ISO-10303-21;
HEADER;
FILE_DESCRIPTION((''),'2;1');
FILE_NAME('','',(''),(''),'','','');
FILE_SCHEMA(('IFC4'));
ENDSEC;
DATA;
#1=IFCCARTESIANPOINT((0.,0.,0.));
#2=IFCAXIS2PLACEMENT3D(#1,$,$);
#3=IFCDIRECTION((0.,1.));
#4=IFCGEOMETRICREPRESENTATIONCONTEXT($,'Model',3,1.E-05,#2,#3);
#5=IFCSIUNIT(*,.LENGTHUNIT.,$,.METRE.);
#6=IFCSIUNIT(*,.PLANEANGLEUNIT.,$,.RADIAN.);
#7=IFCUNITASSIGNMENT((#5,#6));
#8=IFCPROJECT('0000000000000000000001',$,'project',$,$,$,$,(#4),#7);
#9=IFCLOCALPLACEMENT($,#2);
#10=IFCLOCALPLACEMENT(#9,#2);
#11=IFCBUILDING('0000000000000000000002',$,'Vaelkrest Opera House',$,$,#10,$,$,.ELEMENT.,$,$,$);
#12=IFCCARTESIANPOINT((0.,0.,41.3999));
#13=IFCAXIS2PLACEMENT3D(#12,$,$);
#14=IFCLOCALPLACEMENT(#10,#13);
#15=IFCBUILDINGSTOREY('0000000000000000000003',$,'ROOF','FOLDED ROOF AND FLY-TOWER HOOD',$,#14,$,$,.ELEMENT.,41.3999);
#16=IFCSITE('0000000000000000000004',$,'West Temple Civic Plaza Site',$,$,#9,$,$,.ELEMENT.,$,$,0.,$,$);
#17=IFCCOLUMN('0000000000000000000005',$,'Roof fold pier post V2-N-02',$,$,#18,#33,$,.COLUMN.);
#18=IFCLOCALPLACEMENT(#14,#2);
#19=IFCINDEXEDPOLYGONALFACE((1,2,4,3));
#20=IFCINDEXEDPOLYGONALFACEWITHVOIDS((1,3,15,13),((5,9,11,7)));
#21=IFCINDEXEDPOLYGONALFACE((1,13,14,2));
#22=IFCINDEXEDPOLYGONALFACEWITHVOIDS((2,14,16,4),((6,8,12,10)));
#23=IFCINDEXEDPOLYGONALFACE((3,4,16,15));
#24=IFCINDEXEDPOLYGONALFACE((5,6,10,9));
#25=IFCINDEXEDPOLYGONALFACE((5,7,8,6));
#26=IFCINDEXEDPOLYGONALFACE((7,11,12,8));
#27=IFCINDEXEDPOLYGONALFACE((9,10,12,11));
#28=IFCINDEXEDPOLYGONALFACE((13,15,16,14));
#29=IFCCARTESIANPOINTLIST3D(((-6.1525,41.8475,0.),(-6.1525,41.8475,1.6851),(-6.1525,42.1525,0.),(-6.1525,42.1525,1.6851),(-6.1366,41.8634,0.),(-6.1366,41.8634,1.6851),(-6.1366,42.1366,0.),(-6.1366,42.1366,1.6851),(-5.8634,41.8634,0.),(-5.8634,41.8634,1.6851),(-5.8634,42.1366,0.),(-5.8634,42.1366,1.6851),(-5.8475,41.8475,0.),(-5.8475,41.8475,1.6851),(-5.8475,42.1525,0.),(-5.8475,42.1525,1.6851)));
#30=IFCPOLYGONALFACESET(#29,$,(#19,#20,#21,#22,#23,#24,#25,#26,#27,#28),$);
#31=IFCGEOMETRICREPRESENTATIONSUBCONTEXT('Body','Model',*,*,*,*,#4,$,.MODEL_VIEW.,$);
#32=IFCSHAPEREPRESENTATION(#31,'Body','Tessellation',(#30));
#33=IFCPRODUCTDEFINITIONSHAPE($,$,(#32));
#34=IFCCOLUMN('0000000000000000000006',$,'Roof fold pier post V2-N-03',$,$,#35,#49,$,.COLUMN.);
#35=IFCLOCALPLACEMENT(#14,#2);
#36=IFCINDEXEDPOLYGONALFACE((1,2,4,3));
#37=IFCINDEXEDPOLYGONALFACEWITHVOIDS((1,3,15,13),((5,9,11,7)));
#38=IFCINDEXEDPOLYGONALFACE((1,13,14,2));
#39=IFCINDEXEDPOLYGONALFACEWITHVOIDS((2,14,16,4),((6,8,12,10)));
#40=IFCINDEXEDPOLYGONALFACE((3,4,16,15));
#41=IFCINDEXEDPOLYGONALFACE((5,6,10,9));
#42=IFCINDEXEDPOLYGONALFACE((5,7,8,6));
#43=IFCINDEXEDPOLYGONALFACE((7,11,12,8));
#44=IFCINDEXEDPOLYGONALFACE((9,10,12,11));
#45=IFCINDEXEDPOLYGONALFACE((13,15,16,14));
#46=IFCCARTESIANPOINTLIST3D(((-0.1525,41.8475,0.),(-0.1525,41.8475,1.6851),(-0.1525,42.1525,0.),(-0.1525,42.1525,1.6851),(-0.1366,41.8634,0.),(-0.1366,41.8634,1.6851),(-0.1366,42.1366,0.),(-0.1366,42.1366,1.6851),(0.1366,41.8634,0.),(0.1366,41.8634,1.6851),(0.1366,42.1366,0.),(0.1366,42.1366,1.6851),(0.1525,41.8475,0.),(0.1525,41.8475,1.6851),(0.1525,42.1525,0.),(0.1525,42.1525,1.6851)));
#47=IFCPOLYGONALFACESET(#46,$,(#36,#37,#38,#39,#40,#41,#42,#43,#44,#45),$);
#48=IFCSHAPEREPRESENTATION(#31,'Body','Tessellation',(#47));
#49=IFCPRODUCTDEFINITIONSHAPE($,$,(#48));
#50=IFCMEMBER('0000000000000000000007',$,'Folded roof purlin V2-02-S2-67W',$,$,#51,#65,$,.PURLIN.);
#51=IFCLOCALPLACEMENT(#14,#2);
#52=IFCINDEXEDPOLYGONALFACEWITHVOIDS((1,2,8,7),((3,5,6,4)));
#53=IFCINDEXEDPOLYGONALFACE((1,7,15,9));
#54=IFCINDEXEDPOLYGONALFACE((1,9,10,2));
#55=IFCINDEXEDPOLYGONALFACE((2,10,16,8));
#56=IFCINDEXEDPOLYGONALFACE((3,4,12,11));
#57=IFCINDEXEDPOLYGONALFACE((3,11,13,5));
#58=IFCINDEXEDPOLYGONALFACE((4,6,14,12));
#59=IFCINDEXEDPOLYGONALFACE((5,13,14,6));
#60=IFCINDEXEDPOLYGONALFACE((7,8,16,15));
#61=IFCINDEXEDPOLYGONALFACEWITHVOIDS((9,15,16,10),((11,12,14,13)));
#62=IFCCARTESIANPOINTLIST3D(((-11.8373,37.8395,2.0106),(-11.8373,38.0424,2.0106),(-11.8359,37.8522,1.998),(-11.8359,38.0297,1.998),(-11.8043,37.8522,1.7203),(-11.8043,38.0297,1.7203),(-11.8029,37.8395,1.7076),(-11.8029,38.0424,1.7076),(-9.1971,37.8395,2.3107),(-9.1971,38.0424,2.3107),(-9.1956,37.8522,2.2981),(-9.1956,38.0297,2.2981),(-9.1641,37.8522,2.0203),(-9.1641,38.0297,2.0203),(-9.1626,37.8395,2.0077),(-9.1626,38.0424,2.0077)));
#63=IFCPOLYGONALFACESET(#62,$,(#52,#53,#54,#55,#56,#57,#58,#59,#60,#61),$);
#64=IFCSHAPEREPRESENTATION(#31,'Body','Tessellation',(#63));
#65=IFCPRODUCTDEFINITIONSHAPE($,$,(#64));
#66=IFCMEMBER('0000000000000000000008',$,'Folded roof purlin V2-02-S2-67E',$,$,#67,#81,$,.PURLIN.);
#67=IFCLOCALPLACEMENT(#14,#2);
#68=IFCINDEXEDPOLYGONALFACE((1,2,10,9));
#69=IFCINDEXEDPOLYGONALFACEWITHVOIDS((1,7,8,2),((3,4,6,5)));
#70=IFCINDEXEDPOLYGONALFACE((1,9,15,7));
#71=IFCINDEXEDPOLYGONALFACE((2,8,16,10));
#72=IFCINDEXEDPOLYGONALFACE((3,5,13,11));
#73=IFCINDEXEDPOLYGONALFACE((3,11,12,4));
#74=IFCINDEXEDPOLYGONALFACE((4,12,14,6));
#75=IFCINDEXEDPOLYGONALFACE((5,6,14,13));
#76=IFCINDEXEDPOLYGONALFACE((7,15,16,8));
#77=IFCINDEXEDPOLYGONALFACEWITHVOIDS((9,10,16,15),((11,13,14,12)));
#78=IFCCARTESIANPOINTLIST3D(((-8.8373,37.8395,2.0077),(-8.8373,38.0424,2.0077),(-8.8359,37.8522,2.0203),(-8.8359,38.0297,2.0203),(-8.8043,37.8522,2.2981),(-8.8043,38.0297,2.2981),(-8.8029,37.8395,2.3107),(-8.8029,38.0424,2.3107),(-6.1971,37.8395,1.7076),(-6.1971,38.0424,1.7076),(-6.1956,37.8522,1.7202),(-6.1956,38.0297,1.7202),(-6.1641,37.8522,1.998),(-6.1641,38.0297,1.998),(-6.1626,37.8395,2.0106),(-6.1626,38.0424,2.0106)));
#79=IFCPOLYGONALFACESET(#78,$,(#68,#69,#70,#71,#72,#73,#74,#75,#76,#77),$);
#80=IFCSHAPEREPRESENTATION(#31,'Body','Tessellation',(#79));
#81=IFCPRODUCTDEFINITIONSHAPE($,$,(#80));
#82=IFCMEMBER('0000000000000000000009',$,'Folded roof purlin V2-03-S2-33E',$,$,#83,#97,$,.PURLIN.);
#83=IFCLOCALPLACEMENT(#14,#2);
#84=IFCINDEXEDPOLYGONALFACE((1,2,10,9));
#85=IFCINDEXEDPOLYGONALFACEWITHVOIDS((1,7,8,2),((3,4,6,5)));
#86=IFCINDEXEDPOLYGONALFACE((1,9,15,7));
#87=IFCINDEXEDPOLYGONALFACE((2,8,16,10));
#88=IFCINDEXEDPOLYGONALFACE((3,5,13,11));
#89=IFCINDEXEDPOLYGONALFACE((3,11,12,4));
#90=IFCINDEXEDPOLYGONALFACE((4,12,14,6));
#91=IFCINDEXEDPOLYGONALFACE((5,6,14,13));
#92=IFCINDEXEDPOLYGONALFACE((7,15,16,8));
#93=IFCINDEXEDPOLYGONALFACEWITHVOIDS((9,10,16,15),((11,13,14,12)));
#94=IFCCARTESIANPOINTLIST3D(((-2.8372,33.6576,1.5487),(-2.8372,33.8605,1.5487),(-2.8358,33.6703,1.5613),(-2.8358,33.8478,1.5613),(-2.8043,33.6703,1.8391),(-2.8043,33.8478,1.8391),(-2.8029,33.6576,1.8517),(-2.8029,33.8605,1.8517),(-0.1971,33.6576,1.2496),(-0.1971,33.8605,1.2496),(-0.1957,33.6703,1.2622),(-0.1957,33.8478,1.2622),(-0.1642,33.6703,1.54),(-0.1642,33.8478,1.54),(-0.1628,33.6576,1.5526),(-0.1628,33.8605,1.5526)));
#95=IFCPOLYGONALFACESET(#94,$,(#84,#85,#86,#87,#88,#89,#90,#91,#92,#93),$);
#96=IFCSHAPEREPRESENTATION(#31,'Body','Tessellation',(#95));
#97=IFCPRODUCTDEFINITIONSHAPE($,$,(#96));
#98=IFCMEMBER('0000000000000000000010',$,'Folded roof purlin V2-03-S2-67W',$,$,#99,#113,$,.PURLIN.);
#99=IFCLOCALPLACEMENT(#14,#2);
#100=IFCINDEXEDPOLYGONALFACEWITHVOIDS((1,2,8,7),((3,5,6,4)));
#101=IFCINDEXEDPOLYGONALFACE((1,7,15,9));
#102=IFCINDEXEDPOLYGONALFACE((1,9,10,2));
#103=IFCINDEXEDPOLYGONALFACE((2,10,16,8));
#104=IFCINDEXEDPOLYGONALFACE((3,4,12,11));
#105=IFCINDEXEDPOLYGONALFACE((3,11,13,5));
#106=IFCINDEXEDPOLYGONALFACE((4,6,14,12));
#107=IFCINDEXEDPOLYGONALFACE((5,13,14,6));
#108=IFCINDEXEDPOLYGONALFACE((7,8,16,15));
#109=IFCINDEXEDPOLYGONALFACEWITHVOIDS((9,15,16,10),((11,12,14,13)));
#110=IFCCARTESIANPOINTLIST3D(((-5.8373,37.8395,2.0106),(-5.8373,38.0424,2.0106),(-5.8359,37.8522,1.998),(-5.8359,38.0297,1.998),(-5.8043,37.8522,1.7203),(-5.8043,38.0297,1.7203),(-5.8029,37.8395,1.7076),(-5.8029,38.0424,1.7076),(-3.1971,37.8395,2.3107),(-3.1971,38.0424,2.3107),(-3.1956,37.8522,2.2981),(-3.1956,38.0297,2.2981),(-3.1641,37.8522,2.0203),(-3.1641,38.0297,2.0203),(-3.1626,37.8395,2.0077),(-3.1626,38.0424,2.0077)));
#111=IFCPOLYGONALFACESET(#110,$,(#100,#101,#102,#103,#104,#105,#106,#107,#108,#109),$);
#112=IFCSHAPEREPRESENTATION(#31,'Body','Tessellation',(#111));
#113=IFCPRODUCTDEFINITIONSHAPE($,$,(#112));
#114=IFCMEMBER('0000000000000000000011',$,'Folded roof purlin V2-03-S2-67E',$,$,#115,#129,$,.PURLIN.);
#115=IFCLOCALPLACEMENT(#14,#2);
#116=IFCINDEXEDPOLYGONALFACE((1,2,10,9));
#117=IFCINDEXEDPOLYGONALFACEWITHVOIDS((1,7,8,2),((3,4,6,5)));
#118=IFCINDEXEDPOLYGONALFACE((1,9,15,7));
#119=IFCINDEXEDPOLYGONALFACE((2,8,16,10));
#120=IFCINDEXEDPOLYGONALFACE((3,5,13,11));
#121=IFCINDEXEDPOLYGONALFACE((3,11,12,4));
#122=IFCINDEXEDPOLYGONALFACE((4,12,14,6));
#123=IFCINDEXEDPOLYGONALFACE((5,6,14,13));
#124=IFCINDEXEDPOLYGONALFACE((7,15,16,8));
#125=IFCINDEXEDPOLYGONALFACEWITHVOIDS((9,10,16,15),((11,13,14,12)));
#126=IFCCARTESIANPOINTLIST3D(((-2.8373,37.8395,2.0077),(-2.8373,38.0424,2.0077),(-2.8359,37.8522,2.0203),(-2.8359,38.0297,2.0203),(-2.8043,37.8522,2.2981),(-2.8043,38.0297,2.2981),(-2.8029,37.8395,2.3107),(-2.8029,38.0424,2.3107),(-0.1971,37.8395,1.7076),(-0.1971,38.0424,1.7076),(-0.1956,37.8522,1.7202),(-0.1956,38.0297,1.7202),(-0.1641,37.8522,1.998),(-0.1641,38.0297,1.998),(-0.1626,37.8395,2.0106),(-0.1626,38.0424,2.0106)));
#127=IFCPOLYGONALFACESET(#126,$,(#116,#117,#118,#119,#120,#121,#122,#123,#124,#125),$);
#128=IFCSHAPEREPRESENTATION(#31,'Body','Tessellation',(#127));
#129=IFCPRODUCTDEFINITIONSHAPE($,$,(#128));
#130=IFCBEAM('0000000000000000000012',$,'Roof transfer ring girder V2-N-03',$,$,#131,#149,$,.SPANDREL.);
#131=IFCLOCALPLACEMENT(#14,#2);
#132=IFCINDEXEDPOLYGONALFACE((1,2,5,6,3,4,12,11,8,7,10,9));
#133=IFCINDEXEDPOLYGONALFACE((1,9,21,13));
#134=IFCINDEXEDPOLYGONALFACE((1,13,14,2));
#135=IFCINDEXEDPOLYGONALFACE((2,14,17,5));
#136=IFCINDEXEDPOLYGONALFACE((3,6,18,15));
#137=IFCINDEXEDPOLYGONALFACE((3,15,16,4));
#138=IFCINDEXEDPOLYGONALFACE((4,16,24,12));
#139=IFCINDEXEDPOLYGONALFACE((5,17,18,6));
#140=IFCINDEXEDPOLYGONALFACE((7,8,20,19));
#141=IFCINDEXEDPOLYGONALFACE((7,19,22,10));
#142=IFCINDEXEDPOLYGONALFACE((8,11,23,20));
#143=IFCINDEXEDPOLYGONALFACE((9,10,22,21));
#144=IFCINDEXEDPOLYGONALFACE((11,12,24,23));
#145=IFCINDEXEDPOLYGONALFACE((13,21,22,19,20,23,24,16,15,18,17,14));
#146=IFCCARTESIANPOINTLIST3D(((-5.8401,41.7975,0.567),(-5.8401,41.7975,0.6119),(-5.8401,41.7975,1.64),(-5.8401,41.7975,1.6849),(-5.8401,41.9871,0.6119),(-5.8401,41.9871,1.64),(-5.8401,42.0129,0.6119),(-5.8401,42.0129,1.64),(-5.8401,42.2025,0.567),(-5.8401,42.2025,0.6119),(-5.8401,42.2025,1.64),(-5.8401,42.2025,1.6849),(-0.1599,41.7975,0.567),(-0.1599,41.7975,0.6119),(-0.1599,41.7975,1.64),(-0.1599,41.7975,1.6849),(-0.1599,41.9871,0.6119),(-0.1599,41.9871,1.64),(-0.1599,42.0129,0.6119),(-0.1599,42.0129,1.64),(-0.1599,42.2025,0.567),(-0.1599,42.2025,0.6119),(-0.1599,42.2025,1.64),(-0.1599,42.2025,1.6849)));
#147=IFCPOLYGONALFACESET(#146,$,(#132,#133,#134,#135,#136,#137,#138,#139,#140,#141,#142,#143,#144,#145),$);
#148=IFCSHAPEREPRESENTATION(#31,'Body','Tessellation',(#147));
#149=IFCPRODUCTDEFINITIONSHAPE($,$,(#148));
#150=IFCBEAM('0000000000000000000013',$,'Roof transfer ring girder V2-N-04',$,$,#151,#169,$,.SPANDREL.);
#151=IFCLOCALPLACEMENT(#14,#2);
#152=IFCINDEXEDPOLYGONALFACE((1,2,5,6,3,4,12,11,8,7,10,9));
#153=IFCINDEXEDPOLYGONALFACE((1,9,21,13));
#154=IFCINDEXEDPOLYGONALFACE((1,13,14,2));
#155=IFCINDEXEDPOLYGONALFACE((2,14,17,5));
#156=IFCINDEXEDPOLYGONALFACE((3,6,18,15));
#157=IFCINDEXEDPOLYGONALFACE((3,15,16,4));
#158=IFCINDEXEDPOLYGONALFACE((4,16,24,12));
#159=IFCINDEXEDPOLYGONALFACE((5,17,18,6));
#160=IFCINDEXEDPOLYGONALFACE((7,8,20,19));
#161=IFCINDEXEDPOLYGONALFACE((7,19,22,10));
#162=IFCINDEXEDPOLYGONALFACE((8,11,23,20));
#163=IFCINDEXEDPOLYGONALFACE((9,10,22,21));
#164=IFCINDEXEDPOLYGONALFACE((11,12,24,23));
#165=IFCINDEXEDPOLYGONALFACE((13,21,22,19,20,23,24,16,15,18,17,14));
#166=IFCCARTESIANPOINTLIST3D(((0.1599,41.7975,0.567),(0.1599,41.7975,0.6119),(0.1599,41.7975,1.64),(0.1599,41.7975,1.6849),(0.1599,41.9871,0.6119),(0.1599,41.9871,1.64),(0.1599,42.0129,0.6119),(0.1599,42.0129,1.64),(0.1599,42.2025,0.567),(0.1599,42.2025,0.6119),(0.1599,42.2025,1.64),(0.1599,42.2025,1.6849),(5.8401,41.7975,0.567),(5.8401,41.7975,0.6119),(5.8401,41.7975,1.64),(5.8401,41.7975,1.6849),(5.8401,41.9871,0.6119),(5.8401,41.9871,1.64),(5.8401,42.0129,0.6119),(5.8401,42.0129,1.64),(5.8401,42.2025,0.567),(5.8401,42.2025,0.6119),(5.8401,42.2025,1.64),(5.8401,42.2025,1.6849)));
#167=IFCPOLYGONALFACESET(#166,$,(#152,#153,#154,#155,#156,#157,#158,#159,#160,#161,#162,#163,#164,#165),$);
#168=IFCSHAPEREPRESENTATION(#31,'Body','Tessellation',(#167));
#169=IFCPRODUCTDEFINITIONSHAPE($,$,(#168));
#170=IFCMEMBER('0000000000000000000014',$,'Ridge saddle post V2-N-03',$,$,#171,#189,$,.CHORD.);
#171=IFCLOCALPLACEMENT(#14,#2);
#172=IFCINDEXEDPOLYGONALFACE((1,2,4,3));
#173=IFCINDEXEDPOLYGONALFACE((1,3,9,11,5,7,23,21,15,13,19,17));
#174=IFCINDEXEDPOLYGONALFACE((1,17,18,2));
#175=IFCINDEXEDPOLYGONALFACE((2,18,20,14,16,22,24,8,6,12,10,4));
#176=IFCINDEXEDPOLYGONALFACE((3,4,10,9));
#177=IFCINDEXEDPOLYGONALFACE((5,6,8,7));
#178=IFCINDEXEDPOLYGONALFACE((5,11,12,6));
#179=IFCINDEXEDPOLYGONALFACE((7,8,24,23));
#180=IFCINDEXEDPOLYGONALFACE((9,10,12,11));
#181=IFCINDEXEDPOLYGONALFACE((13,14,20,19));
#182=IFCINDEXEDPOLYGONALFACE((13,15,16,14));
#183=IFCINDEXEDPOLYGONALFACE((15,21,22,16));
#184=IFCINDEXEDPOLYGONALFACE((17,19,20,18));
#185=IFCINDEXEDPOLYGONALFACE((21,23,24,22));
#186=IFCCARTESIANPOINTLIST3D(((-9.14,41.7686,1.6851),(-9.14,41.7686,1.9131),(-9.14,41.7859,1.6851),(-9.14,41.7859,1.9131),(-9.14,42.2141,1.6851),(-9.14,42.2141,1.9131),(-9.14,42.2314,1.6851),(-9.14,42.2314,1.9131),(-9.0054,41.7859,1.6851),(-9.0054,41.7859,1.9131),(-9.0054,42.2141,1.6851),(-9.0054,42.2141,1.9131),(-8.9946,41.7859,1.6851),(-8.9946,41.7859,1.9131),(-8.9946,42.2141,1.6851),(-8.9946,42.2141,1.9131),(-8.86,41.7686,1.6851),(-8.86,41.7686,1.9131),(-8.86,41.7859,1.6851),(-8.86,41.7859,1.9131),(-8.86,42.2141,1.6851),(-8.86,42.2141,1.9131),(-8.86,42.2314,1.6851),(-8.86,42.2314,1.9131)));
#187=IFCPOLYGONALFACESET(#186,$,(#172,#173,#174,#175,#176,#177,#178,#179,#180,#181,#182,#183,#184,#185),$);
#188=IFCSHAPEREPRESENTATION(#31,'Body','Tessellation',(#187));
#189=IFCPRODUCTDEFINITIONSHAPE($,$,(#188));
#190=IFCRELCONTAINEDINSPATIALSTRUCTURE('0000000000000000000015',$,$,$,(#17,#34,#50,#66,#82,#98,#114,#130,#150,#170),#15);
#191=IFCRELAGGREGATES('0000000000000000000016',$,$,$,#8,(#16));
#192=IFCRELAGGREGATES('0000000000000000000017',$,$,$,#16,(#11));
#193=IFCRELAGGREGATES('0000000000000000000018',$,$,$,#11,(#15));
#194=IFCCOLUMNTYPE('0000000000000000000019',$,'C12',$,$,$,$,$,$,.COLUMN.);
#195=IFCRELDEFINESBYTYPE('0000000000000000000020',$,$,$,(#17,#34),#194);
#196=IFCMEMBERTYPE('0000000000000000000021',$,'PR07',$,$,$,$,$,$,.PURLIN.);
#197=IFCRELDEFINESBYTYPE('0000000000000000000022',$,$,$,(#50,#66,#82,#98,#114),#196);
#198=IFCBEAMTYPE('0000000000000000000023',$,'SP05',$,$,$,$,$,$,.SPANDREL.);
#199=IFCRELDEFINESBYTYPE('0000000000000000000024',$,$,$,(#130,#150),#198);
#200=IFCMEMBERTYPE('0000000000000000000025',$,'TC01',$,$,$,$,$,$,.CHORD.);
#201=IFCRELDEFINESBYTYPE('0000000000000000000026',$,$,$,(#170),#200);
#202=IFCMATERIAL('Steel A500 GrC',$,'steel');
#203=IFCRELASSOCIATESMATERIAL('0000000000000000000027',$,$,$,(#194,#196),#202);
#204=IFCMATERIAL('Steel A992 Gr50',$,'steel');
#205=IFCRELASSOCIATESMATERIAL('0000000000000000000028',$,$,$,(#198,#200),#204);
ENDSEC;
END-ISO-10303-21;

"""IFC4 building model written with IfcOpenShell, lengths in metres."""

from ifc_helpers import new_model, si_unit, direction, frame, origin, origin_2d, place, context, subcontext, project, spatial, hollow_rectangle, i_section, extrude, material, material_profile, profile_set, type_object, element, save


model = new_model("IFC4")

# Units and contexts
model_context = context("Model", 3, precision=1e-05, world=origin(), true_north=direction((0.0, 1.0)))
body_context = subcontext(model_context, "Body", "Model", "MODEL_VIEW")
ifc_project = project(units=[si_unit("LENGTHUNIT", "METRE"), si_unit("PLANEANGLEUNIT", "RADIAN")], contexts=[model_context])

# Site, building, storey
site_placement = place(None, origin())
site = spatial("IfcSite", under=ifc_project, at=site_placement, Name="West Temple Civic Plaza Site", CompositionType="ELEMENT", RefElevation=0.0)
building_placement = place(site_placement, origin())
building = spatial("IfcBuilding", under=site, at=building_placement, Name="Vaelkrest Opera House", CompositionType="ELEMENT")
storey_placement = place(building_placement, frame((0.0, 0.0, 41.3999)))
storey = spatial("IfcBuildingStorey", under=building, at=storey_placement, Name="ROOF", Description="FOLDED ROOF AND FLY-TOWER HOOD", CompositionType="ELEMENT", Elevation=41.3999)

# Columns
ifc_material_1 = material(Name="Steel A500 GrC", Category="steel")
ifc_material_profile_1 = material_profile(ifc_material_1, hollow_rectangle(XDim=0.3049, YDim=0.3049, WallThickness=0.0159, at=origin_2d()), Name="HSS305X305X15.9")
ifc_profile_set_1 = profile_set([ifc_material_profile_1], Name="Steel A500 GrC")
column_type = type_object("IfcColumnType", Name="C12", PredefinedType="COLUMN", material=ifc_profile_set_1)
for number, where, z_axis, x_axis, name in (
    (1, (-6.0, 42.0, 0.0), (0.0, 0.0, 1.0), (1.0, 0.0, 0.0), "Roof fold pier post V2-N-02"),
    (2, (0.0, 42.0, 0.0), (0.0, 0.0, 1.0), (1.0, 0.0, 0.0), "Roof fold pier post V2-N-03"),
):
    element("IfcColumn", number, at=place(storey_placement, frame(where, z_axis=z_axis, x_axis=x_axis)), inside=storey, type_object=column_type, Name=name, PredefinedType="COLUMN", context=body_context, shape_type="SweptSolid", body=[
        extrude(hollow_rectangle(XDim=0.3049, YDim=0.3049, WallThickness=0.0159, at=origin_2d()), origin(), (0.0, 0.0, 1.0), 1.6851),
    ])

# Members
ifc_material_profile_2 = material_profile(ifc_material_1, hollow_rectangle(XDim=0.2029, YDim=0.3049, WallThickness=0.0127, at=origin_2d()), Name="HSS305X203X12.7")
ifc_profile_set_2 = profile_set([ifc_material_profile_2], Name="Steel A500 GrC")
member_type_1 = type_object("IfcMemberType", Name="PR07", PredefinedType="PURLIN", material=ifc_profile_set_2)
for number, where, z_axis, x_axis, name in (
    (3, (-11.8201, 37.9409, 1.8591), (0.993604, 0.0, 0.112922), (0.0, 1.0, 0.0), "Folded roof purlin V2-02-S2-67W"),
    (4, (-8.8201, 37.9409, 2.1592), (0.993604, 0.0, -0.112922), (0.0, 1.0, 0.0), "Folded roof purlin V2-02-S2-67E"),
):
    element("IfcMember", number, at=place(storey_placement, frame(where, z_axis=z_axis, x_axis=x_axis)), inside=storey, type_object=member_type_1, Name=name, PredefinedType="PURLIN", context=body_context, shape_type="SweptSolid", body=[
        extrude(hollow_rectangle(XDim=0.2029, YDim=0.3049, WallThickness=0.0127, at=origin_2d()), origin(), (0.0, 0.0, 1.0), 2.6572),
    ])
member_1_placement = place(storey_placement, frame((-2.8201, 33.759, 1.7002), z_axis=(0.993645, 0.0, -0.112559), x_axis=(0.0, 1.0, 0.0)))
element("IfcMember", 5, at=member_1_placement, inside=storey, type_object=member_type_1, Name="Folded roof purlin V2-03-S2-33E", PredefinedType="PURLIN", context=body_context, shape_type="SweptSolid", body=[
    extrude(hollow_rectangle(XDim=0.2029, YDim=0.3049, WallThickness=0.0127, at=origin_2d()), origin(), (0.0, 0.0, 1.0), 2.657),
])
for number, where, z_axis, x_axis, name in (
    (6, (-5.8201, 37.9409, 1.8591), (0.993604, 0.0, 0.112922), (0.0, 1.0, 0.0), "Folded roof purlin V2-03-S2-67W"),
    (7, (-2.8201, 37.9409, 2.1592), (0.993604, 0.0, -0.112922), (0.0, 1.0, 0.0), "Folded roof purlin V2-03-S2-67E"),
):
    element("IfcMember", number, at=place(storey_placement, frame(where, z_axis=z_axis, x_axis=x_axis)), inside=storey, type_object=member_type_1, Name=name, PredefinedType="PURLIN", context=body_context, shape_type="SweptSolid", body=[
        extrude(hollow_rectangle(XDim=0.2029, YDim=0.3049, WallThickness=0.0127, at=origin_2d()), origin(), (0.0, 0.0, 1.0), 2.6572),
    ])

# Beams
ifc_material_2 = material(Name="Steel A992 Gr50", Category="steel")
ifc_material_profile_3 = material_profile(ifc_material_2, i_section(OverallWidth=0.405, OverallDepth=1.1179, WebThickness=0.0259, FlangeThickness=0.0449, at=origin_2d()), Name="W44X335")
ifc_profile_set_3 = profile_set([ifc_material_profile_3], Name="Steel A992 Gr50")
beam_type = type_object("IfcBeamType", Name="SP05", PredefinedType="SPANDREL", material=ifc_profile_set_3)
for number, where, z_axis, x_axis, name in (
    (8, (-5.8401, 42.0, 1.126), (1.0, 0.0, 0.0), (0.0, 1.0, 0.0), "Roof transfer ring girder V2-N-03"),
    (9, (0.1599, 42.0, 1.126), (1.0, 0.0, 0.0), (0.0, 1.0, 0.0), "Roof transfer ring girder V2-N-04"),
):
    element("IfcBeam", number, at=place(storey_placement, frame(where, z_axis=z_axis, x_axis=x_axis)), inside=storey, type_object=beam_type, Name=name, PredefinedType="SPANDREL", context=body_context, shape_type="SweptSolid", body=[
        extrude(i_section(OverallWidth=0.405, OverallDepth=1.1179, WebThickness=0.0259, FlangeThickness=0.0449, at=origin_2d()), origin(), (0.0, 0.0, 1.0), 5.6802),
    ])

# Member
ifc_material_profile_4 = material_profile(ifc_material_2, i_section(OverallWidth=0.28, OverallDepth=0.4629, WebThickness=0.0107, FlangeThickness=0.0173, at=origin_2d()), Name="W18X76")
ifc_profile_set_4 = profile_set([ifc_material_profile_4], Name="Steel A992 Gr50")
member_type_2 = type_object("IfcMemberType", Name="TC01", PredefinedType="CHORD", material=ifc_profile_set_4)
member_2_placement = place(storey_placement, frame((-9.0, 42.0, 1.6851), z_axis=(0.0, 0.0, 1.0), x_axis=(1.0, 0.0, 0.0)))
element("IfcMember", 10, at=member_2_placement, inside=storey, type_object=member_type_2, Name="Ridge saddle post V2-N-03", PredefinedType="CHORD", context=body_context, shape_type="SweptSolid", body=[
    extrude(i_section(OverallWidth=0.28, OverallDepth=0.4629, WebThickness=0.0107, FlangeThickness=0.0173, at=origin_2d()), origin(), (0.0, 0.0, 1.0), 0.228),
])

save(model, "model.ifc")
